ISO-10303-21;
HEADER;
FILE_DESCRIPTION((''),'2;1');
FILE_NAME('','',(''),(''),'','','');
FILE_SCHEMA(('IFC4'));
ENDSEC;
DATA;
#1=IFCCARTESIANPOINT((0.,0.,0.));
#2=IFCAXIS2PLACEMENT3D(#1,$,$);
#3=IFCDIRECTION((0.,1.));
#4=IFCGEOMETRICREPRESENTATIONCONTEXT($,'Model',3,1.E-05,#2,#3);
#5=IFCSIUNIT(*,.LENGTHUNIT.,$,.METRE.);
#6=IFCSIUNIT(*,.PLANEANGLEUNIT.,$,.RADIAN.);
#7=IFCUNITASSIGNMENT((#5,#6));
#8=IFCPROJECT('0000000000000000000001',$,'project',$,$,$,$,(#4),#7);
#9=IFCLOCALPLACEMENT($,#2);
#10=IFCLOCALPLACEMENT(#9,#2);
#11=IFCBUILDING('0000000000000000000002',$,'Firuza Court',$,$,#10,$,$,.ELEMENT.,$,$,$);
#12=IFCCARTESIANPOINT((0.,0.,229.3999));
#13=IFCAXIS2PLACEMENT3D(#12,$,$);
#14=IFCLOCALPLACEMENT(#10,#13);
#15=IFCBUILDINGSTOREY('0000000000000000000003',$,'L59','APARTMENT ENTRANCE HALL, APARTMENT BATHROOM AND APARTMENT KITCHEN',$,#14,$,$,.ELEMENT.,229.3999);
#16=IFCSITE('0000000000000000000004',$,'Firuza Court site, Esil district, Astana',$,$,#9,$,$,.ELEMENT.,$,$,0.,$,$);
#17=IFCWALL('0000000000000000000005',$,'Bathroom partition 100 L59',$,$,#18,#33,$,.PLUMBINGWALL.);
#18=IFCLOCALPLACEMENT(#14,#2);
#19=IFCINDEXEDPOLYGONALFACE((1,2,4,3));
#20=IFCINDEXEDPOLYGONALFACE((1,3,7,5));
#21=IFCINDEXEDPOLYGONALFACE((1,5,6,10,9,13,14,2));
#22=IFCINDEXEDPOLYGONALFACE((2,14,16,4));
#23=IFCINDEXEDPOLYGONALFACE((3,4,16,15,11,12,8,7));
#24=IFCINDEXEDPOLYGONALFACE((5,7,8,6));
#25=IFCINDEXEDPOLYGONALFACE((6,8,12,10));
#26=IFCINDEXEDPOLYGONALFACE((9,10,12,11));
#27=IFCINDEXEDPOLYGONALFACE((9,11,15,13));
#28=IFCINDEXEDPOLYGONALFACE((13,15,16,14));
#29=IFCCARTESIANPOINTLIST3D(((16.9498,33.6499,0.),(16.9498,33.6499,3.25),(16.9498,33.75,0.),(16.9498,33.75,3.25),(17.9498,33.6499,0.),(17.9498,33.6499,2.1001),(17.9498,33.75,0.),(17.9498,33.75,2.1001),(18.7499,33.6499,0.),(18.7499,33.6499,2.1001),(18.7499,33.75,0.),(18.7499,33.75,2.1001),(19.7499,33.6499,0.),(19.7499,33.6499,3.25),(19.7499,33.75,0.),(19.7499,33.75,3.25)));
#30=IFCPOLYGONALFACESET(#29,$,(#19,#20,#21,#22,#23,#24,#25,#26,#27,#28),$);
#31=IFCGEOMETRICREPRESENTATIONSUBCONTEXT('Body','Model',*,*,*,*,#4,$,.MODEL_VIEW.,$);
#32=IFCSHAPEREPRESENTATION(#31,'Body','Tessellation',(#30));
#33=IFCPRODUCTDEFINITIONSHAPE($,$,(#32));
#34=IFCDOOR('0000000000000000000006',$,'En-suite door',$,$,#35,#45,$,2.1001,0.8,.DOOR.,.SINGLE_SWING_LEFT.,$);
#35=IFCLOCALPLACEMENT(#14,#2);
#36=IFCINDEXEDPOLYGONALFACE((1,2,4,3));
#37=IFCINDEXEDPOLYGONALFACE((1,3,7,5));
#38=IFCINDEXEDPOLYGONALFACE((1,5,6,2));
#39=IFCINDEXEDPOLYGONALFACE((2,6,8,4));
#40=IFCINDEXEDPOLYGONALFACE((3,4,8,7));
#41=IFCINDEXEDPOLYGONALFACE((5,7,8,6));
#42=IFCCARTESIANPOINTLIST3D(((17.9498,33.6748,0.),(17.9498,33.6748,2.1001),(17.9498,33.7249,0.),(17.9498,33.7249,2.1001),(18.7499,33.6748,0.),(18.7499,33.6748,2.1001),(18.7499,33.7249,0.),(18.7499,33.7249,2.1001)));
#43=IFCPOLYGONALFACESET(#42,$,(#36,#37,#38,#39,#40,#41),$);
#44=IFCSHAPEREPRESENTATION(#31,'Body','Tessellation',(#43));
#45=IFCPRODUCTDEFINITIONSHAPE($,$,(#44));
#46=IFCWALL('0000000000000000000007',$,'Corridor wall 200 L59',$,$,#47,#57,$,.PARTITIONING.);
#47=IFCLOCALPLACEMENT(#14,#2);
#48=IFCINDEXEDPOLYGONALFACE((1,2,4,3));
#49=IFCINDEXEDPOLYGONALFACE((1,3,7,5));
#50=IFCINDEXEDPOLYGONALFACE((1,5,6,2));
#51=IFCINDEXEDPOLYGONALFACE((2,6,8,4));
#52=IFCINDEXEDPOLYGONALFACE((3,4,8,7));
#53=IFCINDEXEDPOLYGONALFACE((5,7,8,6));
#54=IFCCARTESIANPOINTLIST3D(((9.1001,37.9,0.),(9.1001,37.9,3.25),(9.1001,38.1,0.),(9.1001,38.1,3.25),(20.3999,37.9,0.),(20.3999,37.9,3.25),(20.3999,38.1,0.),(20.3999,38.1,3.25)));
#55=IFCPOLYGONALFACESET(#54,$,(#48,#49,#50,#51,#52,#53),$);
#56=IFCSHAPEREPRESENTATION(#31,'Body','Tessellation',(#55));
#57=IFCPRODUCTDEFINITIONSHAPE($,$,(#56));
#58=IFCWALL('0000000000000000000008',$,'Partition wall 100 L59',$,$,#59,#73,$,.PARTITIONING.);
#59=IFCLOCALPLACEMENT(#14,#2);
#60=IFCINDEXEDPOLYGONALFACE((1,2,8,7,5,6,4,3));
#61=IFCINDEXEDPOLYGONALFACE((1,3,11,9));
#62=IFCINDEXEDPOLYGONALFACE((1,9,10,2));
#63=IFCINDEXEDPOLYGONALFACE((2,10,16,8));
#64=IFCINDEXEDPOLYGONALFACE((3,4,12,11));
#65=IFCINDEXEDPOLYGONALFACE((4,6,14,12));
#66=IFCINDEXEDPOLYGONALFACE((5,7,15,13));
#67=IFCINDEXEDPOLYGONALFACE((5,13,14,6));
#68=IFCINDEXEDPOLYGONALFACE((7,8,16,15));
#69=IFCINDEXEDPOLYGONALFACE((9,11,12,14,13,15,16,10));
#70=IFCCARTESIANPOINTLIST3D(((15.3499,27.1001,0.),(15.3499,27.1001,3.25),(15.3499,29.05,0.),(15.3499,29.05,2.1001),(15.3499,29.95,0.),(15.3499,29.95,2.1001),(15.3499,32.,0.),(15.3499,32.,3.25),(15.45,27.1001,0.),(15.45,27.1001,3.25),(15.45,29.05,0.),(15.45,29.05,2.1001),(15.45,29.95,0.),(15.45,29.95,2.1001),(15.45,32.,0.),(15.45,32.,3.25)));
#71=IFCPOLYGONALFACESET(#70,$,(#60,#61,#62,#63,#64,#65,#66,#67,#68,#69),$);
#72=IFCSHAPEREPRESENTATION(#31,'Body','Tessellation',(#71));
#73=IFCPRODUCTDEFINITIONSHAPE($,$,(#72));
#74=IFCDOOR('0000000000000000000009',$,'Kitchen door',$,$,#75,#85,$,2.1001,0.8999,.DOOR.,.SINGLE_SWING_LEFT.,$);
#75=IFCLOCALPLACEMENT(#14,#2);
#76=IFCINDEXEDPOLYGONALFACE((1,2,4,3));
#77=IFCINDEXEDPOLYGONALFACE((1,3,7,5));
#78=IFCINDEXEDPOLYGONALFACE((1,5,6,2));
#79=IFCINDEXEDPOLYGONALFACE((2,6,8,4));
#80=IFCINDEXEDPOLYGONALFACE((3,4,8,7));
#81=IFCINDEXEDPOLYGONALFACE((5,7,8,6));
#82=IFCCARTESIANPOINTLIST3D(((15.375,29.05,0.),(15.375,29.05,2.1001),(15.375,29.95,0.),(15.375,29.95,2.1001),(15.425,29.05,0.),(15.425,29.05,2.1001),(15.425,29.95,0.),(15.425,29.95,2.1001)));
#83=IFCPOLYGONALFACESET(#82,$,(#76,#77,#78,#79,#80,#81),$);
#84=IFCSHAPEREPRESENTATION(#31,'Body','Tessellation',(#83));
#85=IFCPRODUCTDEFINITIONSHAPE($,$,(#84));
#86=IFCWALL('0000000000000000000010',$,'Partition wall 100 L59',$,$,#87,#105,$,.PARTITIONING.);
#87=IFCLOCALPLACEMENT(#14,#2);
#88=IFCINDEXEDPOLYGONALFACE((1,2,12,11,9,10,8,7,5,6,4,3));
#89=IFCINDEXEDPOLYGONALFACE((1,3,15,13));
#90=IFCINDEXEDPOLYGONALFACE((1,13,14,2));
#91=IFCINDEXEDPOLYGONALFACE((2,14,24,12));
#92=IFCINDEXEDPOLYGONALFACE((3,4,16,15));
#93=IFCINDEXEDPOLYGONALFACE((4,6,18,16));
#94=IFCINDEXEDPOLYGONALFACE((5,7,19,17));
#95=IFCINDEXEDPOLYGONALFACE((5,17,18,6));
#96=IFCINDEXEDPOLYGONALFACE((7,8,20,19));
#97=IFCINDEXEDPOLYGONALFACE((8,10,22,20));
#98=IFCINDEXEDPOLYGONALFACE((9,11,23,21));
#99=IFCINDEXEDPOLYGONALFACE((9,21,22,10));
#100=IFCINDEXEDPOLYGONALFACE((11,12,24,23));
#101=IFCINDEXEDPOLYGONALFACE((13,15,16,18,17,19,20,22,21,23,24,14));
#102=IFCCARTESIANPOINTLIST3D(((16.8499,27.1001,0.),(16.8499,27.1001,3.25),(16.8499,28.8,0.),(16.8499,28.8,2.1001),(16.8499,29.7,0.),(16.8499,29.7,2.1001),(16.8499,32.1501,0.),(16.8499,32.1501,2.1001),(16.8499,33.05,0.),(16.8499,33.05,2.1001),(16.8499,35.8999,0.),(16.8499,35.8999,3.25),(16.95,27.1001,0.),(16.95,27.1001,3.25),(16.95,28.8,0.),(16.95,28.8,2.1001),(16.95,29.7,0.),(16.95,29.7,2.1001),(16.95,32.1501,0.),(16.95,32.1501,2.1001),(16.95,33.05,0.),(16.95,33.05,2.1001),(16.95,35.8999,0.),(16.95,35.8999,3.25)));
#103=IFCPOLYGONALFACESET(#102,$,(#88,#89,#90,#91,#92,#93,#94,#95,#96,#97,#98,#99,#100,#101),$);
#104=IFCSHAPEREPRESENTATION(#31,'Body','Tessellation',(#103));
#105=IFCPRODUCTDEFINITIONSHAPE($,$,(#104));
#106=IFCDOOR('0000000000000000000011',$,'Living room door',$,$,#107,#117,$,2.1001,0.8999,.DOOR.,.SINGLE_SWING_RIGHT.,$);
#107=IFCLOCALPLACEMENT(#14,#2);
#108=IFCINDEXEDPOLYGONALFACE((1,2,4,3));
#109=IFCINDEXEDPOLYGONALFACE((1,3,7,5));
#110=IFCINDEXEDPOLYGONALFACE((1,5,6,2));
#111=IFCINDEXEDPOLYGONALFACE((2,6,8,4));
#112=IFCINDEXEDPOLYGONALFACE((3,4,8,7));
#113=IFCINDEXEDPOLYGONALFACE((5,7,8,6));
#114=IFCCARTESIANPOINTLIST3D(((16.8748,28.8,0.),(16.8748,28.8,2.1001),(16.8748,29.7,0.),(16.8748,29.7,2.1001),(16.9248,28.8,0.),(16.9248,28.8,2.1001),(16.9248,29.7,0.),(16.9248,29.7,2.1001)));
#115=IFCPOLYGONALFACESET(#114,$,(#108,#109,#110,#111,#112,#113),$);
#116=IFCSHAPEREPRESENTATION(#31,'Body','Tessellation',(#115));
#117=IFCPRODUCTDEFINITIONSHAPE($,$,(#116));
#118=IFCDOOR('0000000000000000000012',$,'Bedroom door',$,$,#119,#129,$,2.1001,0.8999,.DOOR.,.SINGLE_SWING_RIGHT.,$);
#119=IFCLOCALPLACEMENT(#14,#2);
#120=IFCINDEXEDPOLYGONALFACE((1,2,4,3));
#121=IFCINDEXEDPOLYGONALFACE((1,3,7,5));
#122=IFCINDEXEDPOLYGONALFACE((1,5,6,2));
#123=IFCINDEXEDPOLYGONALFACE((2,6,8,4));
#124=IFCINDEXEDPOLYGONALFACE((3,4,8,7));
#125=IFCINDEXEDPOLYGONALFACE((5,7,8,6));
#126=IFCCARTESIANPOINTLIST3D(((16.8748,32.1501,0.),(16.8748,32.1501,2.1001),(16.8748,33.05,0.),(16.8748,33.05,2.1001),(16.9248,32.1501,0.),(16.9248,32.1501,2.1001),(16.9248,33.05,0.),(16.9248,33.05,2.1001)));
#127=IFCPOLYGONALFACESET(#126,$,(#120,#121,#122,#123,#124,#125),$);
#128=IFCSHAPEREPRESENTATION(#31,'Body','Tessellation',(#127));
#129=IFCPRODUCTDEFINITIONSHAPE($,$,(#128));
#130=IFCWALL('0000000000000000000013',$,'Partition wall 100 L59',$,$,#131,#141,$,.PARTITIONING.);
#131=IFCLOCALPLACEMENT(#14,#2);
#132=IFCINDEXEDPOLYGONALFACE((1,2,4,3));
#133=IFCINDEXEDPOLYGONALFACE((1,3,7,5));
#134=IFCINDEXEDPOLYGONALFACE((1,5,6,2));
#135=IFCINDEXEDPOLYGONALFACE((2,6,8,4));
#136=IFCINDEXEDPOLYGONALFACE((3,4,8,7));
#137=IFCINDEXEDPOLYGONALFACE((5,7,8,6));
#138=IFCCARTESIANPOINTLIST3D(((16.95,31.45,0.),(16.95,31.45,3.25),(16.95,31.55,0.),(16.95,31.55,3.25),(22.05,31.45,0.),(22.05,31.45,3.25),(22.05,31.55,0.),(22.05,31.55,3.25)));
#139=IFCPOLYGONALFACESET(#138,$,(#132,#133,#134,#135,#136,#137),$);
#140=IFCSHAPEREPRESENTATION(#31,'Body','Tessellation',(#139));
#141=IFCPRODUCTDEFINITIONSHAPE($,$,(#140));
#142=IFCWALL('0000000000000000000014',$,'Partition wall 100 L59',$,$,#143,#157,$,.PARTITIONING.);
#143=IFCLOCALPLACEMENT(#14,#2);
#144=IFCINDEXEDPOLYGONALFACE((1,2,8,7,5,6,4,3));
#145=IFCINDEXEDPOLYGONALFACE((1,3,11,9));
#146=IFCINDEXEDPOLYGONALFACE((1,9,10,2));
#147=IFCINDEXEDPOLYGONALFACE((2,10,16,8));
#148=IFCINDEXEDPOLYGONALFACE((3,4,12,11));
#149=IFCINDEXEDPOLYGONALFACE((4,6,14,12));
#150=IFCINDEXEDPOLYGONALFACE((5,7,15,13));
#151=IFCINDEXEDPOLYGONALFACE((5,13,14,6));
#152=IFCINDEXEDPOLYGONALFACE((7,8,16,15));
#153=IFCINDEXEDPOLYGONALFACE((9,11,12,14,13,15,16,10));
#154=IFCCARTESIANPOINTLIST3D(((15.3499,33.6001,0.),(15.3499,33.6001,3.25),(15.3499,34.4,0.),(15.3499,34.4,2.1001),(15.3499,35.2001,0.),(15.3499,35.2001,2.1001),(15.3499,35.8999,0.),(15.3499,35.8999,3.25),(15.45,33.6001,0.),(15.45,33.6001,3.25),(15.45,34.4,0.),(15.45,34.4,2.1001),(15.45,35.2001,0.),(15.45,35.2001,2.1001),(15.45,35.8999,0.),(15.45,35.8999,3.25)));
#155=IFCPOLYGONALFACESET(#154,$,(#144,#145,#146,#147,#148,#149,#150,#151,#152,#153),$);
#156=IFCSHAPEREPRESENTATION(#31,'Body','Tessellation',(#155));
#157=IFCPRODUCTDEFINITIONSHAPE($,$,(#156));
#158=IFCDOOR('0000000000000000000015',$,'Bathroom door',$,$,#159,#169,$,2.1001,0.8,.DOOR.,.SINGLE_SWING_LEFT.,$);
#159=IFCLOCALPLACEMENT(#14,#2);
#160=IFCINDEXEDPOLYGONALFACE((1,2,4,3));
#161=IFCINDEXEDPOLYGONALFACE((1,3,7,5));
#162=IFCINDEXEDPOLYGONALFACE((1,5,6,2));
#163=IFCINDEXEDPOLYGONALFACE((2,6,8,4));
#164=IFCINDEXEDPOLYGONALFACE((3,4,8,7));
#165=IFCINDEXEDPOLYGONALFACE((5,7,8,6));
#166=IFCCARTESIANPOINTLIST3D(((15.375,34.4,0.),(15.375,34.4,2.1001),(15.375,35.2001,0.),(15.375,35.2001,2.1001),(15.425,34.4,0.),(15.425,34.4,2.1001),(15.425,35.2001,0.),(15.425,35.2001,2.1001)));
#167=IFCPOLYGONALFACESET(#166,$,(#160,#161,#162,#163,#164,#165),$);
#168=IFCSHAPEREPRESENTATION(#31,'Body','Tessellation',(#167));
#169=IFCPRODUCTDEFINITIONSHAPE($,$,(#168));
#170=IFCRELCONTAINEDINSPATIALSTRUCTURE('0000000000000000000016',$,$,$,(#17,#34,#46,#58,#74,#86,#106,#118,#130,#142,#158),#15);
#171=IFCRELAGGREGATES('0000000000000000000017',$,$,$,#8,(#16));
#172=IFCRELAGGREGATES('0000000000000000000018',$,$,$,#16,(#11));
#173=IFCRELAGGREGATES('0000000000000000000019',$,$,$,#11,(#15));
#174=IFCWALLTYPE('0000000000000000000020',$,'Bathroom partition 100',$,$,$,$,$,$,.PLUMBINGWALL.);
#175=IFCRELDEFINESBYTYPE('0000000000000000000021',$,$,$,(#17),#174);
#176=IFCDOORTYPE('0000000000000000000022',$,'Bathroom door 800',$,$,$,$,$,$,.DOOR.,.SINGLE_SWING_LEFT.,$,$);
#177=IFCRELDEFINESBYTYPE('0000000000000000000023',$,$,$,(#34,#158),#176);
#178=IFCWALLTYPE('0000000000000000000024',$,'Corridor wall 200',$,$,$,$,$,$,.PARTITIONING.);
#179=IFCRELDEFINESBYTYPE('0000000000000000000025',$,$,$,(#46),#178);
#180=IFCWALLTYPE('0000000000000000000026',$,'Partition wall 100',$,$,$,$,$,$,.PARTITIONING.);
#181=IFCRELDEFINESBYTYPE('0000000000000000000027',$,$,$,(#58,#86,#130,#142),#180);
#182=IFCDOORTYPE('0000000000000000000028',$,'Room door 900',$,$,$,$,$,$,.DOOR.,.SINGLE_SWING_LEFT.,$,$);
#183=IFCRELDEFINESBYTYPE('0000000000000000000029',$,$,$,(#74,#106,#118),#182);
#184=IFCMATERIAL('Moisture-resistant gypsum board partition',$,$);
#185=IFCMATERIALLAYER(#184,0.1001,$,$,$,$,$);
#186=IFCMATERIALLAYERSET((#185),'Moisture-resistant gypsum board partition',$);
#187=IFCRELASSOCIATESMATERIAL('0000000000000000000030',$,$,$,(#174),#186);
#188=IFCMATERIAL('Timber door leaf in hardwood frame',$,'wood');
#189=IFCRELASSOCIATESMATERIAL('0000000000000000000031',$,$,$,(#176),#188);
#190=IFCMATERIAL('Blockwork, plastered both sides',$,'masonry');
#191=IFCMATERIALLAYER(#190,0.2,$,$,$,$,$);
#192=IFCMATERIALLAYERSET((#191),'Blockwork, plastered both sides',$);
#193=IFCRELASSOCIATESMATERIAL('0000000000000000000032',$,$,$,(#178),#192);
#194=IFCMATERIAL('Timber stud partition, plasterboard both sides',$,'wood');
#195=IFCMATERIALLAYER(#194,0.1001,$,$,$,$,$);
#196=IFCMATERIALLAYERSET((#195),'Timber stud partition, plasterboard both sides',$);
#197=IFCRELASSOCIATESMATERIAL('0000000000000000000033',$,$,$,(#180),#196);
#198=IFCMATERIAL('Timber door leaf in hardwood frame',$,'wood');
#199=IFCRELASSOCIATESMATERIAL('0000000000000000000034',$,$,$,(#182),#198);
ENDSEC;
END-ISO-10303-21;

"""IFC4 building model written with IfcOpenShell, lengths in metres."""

from ifc_helpers import new_model, si_unit, direction, frame, frame_2d, origin, place, context, subcontext, project, spatial, rectangle, extrude, material, layer, layer_set, type_object, element, fill, save


model = new_model("IFC4")

# Units and contexts
model_context = context("Model", 3, precision=1e-05, world=origin(), true_north=direction((0.0, 1.0)))
body_context = subcontext(model_context, "Body", "Model", "MODEL_VIEW")
ifc_project = project(units=[si_unit("LENGTHUNIT", "METRE"), si_unit("PLANEANGLEUNIT", "RADIAN")], contexts=[model_context])

# Site, building, storey
site_placement = place(None, origin())
site = spatial("IfcSite", under=ifc_project, at=site_placement, Name="Firuza Court site, Esil district, Astana", CompositionType="ELEMENT", RefElevation=0.0)
building_placement = place(site_placement, origin())
building = spatial("IfcBuilding", under=site, at=building_placement, Name="Firuza Court", CompositionType="ELEMENT")
storey_placement = place(building_placement, frame((0.0, 0.0, 229.3999)))
storey = spatial("IfcBuildingStorey", under=building, at=storey_placement, Name="L59", Description="APARTMENT ENTRANCE HALL, APARTMENT BATHROOM AND APARTMENT KITCHEN", CompositionType="ELEMENT", Elevation=229.3999)

# Wall, opening, door
ifc_material_1 = material(Name="Moisture-resistant gypsum board partition")
ifc_layer_1 = layer(ifc_material_1, 0.1001)
ifc_layer_set_1 = layer_set([ifc_layer_1], Name="Moisture-resistant gypsum board partition")
wall_type_1 = type_object("IfcWallType", Name="Bathroom partition 100", PredefinedType="PLUMBINGWALL", material=ifc_layer_set_1)
wall_1_placement = place(storey_placement, frame((16.95, 33.7, 0.0), z_axis=(0.0, 0.0, 1.0), x_axis=(1.0, 0.0, 0.0)))
wall_1 = element("IfcWall", 1, at=wall_1_placement, inside=storey, type_object=wall_type_1, Name="Bathroom partition 100 L59", PredefinedType="PLUMBINGWALL", context=body_context, shape_type="SweptSolid", body=[
    extrude(rectangle(XDim=2.8, YDim=0.1001, at=frame_2d((1.3999, 0.0))), origin(), (0.0, 0.0, 1.0), 3.25),
])
opening_1_placement = place(wall_1_placement, frame((1.0, 0.0, 0.0)))
opening_1 = element("IfcOpeningElement", 2, at=opening_1_placement, cuts=wall_1, PredefinedType="OPENING", context=body_context, shape_type="SweptSolid", body=[
    extrude(rectangle(XDim=0.8, YDim=2.1001, at=frame_2d((0.3999, 1.05))), frame((0.0, 0.062, 0.0), z_axis=(0.0, -1.0, 0.0), x_axis=(1.0, 0.0, 0.0)), (0.0, 0.0, 1.0), 0.124),
])
ifc_material_2 = material(Name="Timber door leaf in hardwood frame", Category="wood")
door_type_1 = type_object("IfcDoorType", Name="Bathroom door 800", OperationType="SINGLE_SWING_LEFT", PredefinedType="DOOR", material=ifc_material_2)
door_1_placement = place(opening_1_placement, origin())
door_1 = element("IfcDoor", 3, at=door_1_placement, inside=storey, type_object=door_type_1, Name="En-suite door", OperationType="SINGLE_SWING_LEFT", OverallHeight=2.1001, OverallWidth=0.8, PredefinedType="DOOR", context=body_context, shape_type="SweptSolid", body=[
    extrude(rectangle(XDim=0.8, YDim=2.1001, at=frame_2d((0.3999, 1.05))), frame((0.0, 0.0249, 0.0), z_axis=(0.0, -1.0, 0.0), x_axis=(1.0, 0.0, 0.0)), (0.0, 0.0, 1.0), 0.05),
])
fill(opening_1, door_1)

# Wall
ifc_material_3 = material(Name="Blockwork, plastered both sides", Category="masonry")
ifc_layer_2 = layer(ifc_material_3, 0.2)
ifc_layer_set_2 = layer_set([ifc_layer_2], Name="Blockwork, plastered both sides")
wall_type_2 = type_object("IfcWallType", Name="Corridor wall 200", PredefinedType="PARTITIONING", material=ifc_layer_set_2)
wall_2_placement = place(storey_placement, frame((9.1001, 38.0, 0.0), z_axis=(0.0, 0.0, 1.0), x_axis=(1.0, 0.0, 0.0)))
element("IfcWall", 4, at=wall_2_placement, inside=storey, type_object=wall_type_2, Name="Corridor wall 200 L59", PredefinedType="PARTITIONING", context=body_context, shape_type="SweptSolid", body=[
    extrude(rectangle(XDim=11.2998, YDim=0.2, at=frame_2d((5.6499, 0.0))), origin(), (0.0, 0.0, 1.0), 3.25),
])

# Wall, opening, door
ifc_material_4 = material(Name="Timber stud partition, plasterboard both sides", Category="wood")
ifc_layer_3 = layer(ifc_material_4, 0.1001)
ifc_layer_set_3 = layer_set([ifc_layer_3], Name="Timber stud partition, plasterboard both sides")
wall_type_3 = type_object("IfcWallType", Name="Partition wall 100", PredefinedType="PARTITIONING", material=ifc_layer_set_3)
wall_3_placement = place(storey_placement, frame((15.3999, 27.1001, 0.0), z_axis=(0.0, 0.0, 1.0), x_axis=(0.0, 1.0, 0.0)))
wall_3 = element("IfcWall", 5, at=wall_3_placement, inside=storey, type_object=wall_type_3, Name="Partition wall 100 L59", PredefinedType="PARTITIONING", context=body_context, shape_type="SweptSolid", body=[
    extrude(rectangle(XDim=4.8999, YDim=0.1001, at=frame_2d((2.45, 0.0))), origin(), (0.0, 0.0, 1.0), 3.25),
])
opening_2_placement = place(wall_3_placement, frame((1.95, 0.0, 0.0)))
opening_2 = element("IfcOpeningElement", 6, at=opening_2_placement, cuts=wall_3, PredefinedType="OPENING", context=body_context, shape_type="SweptSolid", body=[
    extrude(rectangle(XDim=0.8999, YDim=2.1001, at=frame_2d((0.45, 1.05))), frame((0.0, 0.062, 0.0), z_axis=(0.0, -1.0, 0.0), x_axis=(1.0, 0.0, 0.0)), (0.0, 0.0, 1.0), 0.124),
])
ifc_material_5 = material(Name="Timber door leaf in hardwood frame", Category="wood")
door_type_2 = type_object("IfcDoorType", Name="Room door 900", OperationType="SINGLE_SWING_LEFT", PredefinedType="DOOR", material=ifc_material_5)
door_2_placement = place(opening_2_placement, origin())
door_2 = element("IfcDoor", 7, at=door_2_placement, inside=storey, type_object=door_type_2, Name="Kitchen door", OperationType="SINGLE_SWING_LEFT", OverallHeight=2.1001, OverallWidth=0.8999, PredefinedType="DOOR", context=body_context, shape_type="SweptSolid", body=[
    extrude(rectangle(XDim=0.8999, YDim=2.1001, at=frame_2d((0.45, 1.05))), frame((0.0, 0.0249, 0.0), z_axis=(0.0, -1.0, 0.0), x_axis=(1.0, 0.0, 0.0)), (0.0, 0.0, 1.0), 0.05),
])
fill(opening_2, door_2)

# Wall, openings, doors
wall_4_placement = place(storey_placement, frame((16.8999, 27.1001, 0.0), z_axis=(0.0, 0.0, 1.0), x_axis=(0.0, 1.0, 0.0)))
wall_4 = element("IfcWall", 8, at=wall_4_placement, inside=storey, type_object=wall_type_3, Name="Partition wall 100 L59", PredefinedType="PARTITIONING", context=body_context, shape_type="SweptSolid", body=[
    extrude(rectangle(XDim=8.7998, YDim=0.1001, at=frame_2d((4.3999, 0.0))), origin(), (0.0, 0.0, 1.0), 3.25),
])
opening_3_placement = place(wall_4_placement, frame((1.7, 0.0, 0.0)))
opening_3 = element("IfcOpeningElement", 9, at=opening_3_placement, cuts=wall_4, PredefinedType="OPENING", context=body_context, shape_type="SweptSolid", body=[
    extrude(rectangle(XDim=0.8999, YDim=2.1001, at=frame_2d((0.45, 1.05))), frame((0.0, 0.062, 0.0), z_axis=(0.0, -1.0, 0.0), x_axis=(1.0, 0.0, 0.0)), (0.0, 0.0, 1.0), 0.124),
])
opening_4_placement = place(wall_4_placement, frame((5.05, 0.0, 0.0)))
opening_4 = element("IfcOpeningElement", 10, at=opening_4_placement, cuts=wall_4, PredefinedType="OPENING", context=body_context, shape_type="SweptSolid", body=[
    extrude(rectangle(XDim=0.8999, YDim=2.1001, at=frame_2d((0.45, 1.05))), frame((0.0, 0.062, 0.0), z_axis=(0.0, -1.0, 0.0), x_axis=(1.0, 0.0, 0.0)), (0.0, 0.0, 1.0), 0.124),
])
door_3_placement = place(opening_3_placement, frame((0.8999, 0.0, 0.0), z_axis=(0.0, 0.0, 1.0), x_axis=(-1.0, 0.0, 0.0)))
door_3 = element("IfcDoor", 11, at=door_3_placement, inside=storey, type_object=door_type_2, Name="Living room door", OperationType="SINGLE_SWING_RIGHT", OverallHeight=2.1001, OverallWidth=0.8999, PredefinedType="DOOR", context=body_context, shape_type="SweptSolid", body=[
    extrude(rectangle(XDim=0.8999, YDim=2.1001, at=frame_2d((0.45, 1.05))), frame((0.0, 0.0249, 0.0), z_axis=(0.0, -1.0, 0.0), x_axis=(1.0, 0.0, 0.0)), (0.0, 0.0, 1.0), 0.05),
])
fill(opening_3, door_3)
door_4_placement = place(opening_4_placement, frame((0.8999, 0.0, 0.0), z_axis=(0.0, 0.0, 1.0), x_axis=(-1.0, 0.0, 0.0)))
door_4 = element("IfcDoor", 12, at=door_4_placement, inside=storey, type_object=door_type_2, Name="Bedroom door", OperationType="SINGLE_SWING_RIGHT", OverallHeight=2.1001, OverallWidth=0.8999, PredefinedType="DOOR", context=body_context, shape_type="SweptSolid", body=[
    extrude(rectangle(XDim=0.8999, YDim=2.1001, at=frame_2d((0.45, 1.05))), frame((0.0, 0.0249, 0.0), z_axis=(0.0, -1.0, 0.0), x_axis=(1.0, 0.0, 0.0)), (0.0, 0.0, 1.0), 0.05),
])
fill(opening_4, door_4)

# Wall
wall_5_placement = place(storey_placement, frame((16.95, 31.5, 0.0), z_axis=(0.0, 0.0, 1.0), x_axis=(1.0, 0.0, 0.0)))
element("IfcWall", 13, at=wall_5_placement, inside=storey, type_object=wall_type_3, Name="Partition wall 100 L59", PredefinedType="PARTITIONING", context=body_context, shape_type="SweptSolid", body=[
    extrude(rectangle(XDim=5.1001, YDim=0.1001, at=frame_2d((2.55, 0.0))), origin(), (0.0, 0.0, 1.0), 3.25),
])

# Wall, opening, door
wall_6_placement = place(storey_placement, frame((15.3999, 33.6001, 0.0), z_axis=(0.0, 0.0, 1.0), x_axis=(0.0, 1.0, 0.0)))
wall_6 = element("IfcWall", 14, at=wall_6_placement, inside=storey, type_object=wall_type_3, Name="Partition wall 100 L59", PredefinedType="PARTITIONING", context=body_context, shape_type="SweptSolid", body=[
    extrude(rectangle(XDim=2.2998, YDim=0.1001, at=frame_2d((1.1499, 0.0))), origin(), (0.0, 0.0, 1.0), 3.25),
])
opening_5_placement = place(wall_6_placement, frame((0.8, 0.0, 0.0)))
opening_5 = element("IfcOpeningElement", 15, at=opening_5_placement, cuts=wall_6, PredefinedType="OPENING", context=body_context, shape_type="SweptSolid", body=[
    extrude(rectangle(XDim=0.8, YDim=2.1001, at=frame_2d((0.3999, 1.05))), frame((0.0, 0.062, 0.0), z_axis=(0.0, -1.0, 0.0), x_axis=(1.0, 0.0, 0.0)), (0.0, 0.0, 1.0), 0.124),
])
door_5_placement = place(opening_5_placement, origin())
door_5 = element("IfcDoor", 16, at=door_5_placement, inside=storey, type_object=door_type_1, Name="Bathroom door", OperationType="SINGLE_SWING_LEFT", OverallHeight=2.1001, OverallWidth=0.8, PredefinedType="DOOR", context=body_context, shape_type="SweptSolid", body=[
    extrude(rectangle(XDim=0.8, YDim=2.1001, at=frame_2d((0.3999, 1.05))), frame((0.0, 0.0249, 0.0), z_axis=(0.0, -1.0, 0.0), x_axis=(1.0, 0.0, 0.0)), (0.0, 0.0, 1.0), 0.05),
])
fill(opening_5, door_5)

save(model, "model.ifc")
